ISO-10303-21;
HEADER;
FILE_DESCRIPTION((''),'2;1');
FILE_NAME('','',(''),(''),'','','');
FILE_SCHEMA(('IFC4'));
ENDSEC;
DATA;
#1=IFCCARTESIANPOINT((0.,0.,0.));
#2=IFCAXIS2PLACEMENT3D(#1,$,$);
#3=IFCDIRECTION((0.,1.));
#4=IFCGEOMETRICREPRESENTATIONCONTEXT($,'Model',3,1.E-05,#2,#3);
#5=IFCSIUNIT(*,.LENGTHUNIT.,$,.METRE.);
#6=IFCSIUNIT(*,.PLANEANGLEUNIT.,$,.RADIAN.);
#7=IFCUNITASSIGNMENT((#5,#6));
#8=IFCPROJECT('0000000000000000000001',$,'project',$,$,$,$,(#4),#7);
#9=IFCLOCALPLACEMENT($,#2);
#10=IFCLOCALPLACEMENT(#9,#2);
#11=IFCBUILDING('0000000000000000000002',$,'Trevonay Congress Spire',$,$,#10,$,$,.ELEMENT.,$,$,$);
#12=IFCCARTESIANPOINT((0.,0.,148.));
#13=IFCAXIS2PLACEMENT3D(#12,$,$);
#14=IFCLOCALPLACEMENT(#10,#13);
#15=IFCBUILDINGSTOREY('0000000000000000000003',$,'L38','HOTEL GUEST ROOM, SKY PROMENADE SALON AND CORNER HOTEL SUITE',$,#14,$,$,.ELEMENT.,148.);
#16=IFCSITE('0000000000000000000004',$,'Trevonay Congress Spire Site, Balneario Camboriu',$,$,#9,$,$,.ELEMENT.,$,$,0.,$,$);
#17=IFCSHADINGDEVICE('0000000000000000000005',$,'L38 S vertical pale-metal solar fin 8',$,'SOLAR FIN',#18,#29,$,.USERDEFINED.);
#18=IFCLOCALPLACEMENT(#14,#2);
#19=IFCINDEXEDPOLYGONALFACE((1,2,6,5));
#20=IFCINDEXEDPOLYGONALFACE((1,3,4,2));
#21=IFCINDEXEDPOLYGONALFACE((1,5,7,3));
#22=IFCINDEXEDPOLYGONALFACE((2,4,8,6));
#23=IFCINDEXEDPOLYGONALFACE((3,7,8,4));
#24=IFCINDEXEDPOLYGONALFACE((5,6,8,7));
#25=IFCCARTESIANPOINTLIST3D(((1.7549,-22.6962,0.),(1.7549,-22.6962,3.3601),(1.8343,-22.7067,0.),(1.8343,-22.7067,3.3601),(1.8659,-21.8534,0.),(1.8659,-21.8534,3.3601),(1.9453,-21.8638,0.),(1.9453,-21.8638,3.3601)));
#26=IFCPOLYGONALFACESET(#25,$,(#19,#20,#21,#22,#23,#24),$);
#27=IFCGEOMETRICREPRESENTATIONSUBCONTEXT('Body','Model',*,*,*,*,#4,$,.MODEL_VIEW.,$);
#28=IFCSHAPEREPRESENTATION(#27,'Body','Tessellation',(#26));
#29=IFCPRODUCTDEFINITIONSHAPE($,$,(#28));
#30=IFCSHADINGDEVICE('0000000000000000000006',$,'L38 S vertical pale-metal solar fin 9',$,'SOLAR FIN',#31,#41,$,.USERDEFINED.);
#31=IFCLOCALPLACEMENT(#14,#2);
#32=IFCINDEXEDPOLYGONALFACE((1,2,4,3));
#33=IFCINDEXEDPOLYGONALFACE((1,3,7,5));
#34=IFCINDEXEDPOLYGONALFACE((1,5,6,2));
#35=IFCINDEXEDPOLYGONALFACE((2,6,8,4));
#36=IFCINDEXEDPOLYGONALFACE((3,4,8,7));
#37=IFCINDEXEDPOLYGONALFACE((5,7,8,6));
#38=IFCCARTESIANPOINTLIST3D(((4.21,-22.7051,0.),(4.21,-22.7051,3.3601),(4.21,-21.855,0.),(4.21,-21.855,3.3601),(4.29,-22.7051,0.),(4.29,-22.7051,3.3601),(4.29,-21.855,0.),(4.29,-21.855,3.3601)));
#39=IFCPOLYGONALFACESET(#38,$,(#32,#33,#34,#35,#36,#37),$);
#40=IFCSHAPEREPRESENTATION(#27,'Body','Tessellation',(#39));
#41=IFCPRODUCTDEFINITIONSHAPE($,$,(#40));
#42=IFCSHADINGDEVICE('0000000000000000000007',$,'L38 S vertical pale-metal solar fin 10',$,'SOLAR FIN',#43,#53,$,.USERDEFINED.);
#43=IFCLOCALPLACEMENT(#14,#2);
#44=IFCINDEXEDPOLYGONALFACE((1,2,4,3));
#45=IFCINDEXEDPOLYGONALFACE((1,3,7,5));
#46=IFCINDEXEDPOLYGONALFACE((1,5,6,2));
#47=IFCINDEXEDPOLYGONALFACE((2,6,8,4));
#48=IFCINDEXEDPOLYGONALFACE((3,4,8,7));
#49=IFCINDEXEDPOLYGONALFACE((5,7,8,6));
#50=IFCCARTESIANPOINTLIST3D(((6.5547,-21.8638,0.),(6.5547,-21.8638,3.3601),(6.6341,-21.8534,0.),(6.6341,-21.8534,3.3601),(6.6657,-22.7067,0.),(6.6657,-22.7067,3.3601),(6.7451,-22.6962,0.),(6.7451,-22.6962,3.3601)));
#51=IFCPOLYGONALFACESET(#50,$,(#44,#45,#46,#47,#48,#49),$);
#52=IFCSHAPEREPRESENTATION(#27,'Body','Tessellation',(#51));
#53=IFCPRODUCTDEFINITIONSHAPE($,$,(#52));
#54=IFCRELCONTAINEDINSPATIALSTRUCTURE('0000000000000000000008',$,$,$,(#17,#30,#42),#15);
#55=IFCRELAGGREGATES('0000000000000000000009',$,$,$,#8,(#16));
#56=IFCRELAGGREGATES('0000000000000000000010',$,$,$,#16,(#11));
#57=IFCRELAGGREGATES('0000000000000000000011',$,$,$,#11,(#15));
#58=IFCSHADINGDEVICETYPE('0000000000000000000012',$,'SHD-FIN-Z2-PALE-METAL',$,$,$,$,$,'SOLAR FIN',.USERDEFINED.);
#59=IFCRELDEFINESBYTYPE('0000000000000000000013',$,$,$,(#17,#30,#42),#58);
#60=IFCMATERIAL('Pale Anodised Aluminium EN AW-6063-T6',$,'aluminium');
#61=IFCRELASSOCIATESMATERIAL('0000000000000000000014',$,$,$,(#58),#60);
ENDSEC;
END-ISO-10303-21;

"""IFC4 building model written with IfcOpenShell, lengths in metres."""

from ifc_helpers import new_model, si_unit, direction, frame, origin, origin_2d, place, context, subcontext, project, spatial, rectangle, extrude, material, type_object, element, save


model = new_model("IFC4")

# Units and contexts
model_context = context("Model", 3, precision=1e-05, world=origin(), true_north=direction((0.0, 1.0)))
body_context = subcontext(model_context, "Body", "Model", "MODEL_VIEW")
ifc_project = project(units=[si_unit("LENGTHUNIT", "METRE"), si_unit("PLANEANGLEUNIT", "RADIAN")], contexts=[model_context])

# Site, building, storey
site_placement = place(None, origin())
site = spatial("IfcSite", under=ifc_project, at=site_placement, Name="Trevonay Congress Spire Site, Balneario Camboriu", CompositionType="ELEMENT", RefElevation=0.0)
building_placement = place(site_placement, origin())
building = spatial("IfcBuilding", under=site, at=building_placement, Name="Trevonay Congress Spire", CompositionType="ELEMENT")
storey_placement = place(building_placement, frame((0.0, 0.0, 148.0)))
storey = spatial("IfcBuildingStorey", under=building, at=storey_placement, Name="L38", Description="HOTEL GUEST ROOM, SKY PROMENADE SALON AND CORNER HOTEL SUITE", CompositionType="ELEMENT", Elevation=148.0)

# Shared definitions
ifc_material_1 = material(Name="Pale Anodised Aluminium EN AW-6063-T6", Category="aluminium")

# Shading devices
shading_device_type = type_object("IfcShadingDeviceType", Name="SHD-FIN-Z2-PALE-METAL", ElementType="SOLAR FIN", PredefinedType="USERDEFINED", material=ifc_material_1)
for number, where, z_axis, x_axis, name in (
    (1, (1.8501, -22.28, 0.0), (0.0, 0.0, 1.0), (0.991445, -0.130526, 0.0), "L38 S vertical pale-metal solar fin 8"),
    (2, (4.25, -22.28, 0.0), (0.0, 0.0, 1.0), (1.0, 0.0, 0.0), "L38 S vertical pale-metal solar fin 9"),
    (3, (6.6499, -22.28, 0.0), (0.0, 0.0, 1.0), (0.991445, 0.130526, 0.0), "L38 S vertical pale-metal solar fin 10"),
):
    element("IfcShadingDevice", number, at=place(storey_placement, frame(where, z_axis=z_axis, x_axis=x_axis)), inside=storey, type_object=shading_device_type, Name=name, ObjectType="SOLAR FIN", PredefinedType="USERDEFINED", context=body_context, shape_type="SweptSolid", body=[
        extrude(rectangle(XDim=0.0801, YDim=0.8501, at=origin_2d()), origin(), (0.0, 0.0, 1.0), 3.3601),
    ])

save(model, "model.ifc")
